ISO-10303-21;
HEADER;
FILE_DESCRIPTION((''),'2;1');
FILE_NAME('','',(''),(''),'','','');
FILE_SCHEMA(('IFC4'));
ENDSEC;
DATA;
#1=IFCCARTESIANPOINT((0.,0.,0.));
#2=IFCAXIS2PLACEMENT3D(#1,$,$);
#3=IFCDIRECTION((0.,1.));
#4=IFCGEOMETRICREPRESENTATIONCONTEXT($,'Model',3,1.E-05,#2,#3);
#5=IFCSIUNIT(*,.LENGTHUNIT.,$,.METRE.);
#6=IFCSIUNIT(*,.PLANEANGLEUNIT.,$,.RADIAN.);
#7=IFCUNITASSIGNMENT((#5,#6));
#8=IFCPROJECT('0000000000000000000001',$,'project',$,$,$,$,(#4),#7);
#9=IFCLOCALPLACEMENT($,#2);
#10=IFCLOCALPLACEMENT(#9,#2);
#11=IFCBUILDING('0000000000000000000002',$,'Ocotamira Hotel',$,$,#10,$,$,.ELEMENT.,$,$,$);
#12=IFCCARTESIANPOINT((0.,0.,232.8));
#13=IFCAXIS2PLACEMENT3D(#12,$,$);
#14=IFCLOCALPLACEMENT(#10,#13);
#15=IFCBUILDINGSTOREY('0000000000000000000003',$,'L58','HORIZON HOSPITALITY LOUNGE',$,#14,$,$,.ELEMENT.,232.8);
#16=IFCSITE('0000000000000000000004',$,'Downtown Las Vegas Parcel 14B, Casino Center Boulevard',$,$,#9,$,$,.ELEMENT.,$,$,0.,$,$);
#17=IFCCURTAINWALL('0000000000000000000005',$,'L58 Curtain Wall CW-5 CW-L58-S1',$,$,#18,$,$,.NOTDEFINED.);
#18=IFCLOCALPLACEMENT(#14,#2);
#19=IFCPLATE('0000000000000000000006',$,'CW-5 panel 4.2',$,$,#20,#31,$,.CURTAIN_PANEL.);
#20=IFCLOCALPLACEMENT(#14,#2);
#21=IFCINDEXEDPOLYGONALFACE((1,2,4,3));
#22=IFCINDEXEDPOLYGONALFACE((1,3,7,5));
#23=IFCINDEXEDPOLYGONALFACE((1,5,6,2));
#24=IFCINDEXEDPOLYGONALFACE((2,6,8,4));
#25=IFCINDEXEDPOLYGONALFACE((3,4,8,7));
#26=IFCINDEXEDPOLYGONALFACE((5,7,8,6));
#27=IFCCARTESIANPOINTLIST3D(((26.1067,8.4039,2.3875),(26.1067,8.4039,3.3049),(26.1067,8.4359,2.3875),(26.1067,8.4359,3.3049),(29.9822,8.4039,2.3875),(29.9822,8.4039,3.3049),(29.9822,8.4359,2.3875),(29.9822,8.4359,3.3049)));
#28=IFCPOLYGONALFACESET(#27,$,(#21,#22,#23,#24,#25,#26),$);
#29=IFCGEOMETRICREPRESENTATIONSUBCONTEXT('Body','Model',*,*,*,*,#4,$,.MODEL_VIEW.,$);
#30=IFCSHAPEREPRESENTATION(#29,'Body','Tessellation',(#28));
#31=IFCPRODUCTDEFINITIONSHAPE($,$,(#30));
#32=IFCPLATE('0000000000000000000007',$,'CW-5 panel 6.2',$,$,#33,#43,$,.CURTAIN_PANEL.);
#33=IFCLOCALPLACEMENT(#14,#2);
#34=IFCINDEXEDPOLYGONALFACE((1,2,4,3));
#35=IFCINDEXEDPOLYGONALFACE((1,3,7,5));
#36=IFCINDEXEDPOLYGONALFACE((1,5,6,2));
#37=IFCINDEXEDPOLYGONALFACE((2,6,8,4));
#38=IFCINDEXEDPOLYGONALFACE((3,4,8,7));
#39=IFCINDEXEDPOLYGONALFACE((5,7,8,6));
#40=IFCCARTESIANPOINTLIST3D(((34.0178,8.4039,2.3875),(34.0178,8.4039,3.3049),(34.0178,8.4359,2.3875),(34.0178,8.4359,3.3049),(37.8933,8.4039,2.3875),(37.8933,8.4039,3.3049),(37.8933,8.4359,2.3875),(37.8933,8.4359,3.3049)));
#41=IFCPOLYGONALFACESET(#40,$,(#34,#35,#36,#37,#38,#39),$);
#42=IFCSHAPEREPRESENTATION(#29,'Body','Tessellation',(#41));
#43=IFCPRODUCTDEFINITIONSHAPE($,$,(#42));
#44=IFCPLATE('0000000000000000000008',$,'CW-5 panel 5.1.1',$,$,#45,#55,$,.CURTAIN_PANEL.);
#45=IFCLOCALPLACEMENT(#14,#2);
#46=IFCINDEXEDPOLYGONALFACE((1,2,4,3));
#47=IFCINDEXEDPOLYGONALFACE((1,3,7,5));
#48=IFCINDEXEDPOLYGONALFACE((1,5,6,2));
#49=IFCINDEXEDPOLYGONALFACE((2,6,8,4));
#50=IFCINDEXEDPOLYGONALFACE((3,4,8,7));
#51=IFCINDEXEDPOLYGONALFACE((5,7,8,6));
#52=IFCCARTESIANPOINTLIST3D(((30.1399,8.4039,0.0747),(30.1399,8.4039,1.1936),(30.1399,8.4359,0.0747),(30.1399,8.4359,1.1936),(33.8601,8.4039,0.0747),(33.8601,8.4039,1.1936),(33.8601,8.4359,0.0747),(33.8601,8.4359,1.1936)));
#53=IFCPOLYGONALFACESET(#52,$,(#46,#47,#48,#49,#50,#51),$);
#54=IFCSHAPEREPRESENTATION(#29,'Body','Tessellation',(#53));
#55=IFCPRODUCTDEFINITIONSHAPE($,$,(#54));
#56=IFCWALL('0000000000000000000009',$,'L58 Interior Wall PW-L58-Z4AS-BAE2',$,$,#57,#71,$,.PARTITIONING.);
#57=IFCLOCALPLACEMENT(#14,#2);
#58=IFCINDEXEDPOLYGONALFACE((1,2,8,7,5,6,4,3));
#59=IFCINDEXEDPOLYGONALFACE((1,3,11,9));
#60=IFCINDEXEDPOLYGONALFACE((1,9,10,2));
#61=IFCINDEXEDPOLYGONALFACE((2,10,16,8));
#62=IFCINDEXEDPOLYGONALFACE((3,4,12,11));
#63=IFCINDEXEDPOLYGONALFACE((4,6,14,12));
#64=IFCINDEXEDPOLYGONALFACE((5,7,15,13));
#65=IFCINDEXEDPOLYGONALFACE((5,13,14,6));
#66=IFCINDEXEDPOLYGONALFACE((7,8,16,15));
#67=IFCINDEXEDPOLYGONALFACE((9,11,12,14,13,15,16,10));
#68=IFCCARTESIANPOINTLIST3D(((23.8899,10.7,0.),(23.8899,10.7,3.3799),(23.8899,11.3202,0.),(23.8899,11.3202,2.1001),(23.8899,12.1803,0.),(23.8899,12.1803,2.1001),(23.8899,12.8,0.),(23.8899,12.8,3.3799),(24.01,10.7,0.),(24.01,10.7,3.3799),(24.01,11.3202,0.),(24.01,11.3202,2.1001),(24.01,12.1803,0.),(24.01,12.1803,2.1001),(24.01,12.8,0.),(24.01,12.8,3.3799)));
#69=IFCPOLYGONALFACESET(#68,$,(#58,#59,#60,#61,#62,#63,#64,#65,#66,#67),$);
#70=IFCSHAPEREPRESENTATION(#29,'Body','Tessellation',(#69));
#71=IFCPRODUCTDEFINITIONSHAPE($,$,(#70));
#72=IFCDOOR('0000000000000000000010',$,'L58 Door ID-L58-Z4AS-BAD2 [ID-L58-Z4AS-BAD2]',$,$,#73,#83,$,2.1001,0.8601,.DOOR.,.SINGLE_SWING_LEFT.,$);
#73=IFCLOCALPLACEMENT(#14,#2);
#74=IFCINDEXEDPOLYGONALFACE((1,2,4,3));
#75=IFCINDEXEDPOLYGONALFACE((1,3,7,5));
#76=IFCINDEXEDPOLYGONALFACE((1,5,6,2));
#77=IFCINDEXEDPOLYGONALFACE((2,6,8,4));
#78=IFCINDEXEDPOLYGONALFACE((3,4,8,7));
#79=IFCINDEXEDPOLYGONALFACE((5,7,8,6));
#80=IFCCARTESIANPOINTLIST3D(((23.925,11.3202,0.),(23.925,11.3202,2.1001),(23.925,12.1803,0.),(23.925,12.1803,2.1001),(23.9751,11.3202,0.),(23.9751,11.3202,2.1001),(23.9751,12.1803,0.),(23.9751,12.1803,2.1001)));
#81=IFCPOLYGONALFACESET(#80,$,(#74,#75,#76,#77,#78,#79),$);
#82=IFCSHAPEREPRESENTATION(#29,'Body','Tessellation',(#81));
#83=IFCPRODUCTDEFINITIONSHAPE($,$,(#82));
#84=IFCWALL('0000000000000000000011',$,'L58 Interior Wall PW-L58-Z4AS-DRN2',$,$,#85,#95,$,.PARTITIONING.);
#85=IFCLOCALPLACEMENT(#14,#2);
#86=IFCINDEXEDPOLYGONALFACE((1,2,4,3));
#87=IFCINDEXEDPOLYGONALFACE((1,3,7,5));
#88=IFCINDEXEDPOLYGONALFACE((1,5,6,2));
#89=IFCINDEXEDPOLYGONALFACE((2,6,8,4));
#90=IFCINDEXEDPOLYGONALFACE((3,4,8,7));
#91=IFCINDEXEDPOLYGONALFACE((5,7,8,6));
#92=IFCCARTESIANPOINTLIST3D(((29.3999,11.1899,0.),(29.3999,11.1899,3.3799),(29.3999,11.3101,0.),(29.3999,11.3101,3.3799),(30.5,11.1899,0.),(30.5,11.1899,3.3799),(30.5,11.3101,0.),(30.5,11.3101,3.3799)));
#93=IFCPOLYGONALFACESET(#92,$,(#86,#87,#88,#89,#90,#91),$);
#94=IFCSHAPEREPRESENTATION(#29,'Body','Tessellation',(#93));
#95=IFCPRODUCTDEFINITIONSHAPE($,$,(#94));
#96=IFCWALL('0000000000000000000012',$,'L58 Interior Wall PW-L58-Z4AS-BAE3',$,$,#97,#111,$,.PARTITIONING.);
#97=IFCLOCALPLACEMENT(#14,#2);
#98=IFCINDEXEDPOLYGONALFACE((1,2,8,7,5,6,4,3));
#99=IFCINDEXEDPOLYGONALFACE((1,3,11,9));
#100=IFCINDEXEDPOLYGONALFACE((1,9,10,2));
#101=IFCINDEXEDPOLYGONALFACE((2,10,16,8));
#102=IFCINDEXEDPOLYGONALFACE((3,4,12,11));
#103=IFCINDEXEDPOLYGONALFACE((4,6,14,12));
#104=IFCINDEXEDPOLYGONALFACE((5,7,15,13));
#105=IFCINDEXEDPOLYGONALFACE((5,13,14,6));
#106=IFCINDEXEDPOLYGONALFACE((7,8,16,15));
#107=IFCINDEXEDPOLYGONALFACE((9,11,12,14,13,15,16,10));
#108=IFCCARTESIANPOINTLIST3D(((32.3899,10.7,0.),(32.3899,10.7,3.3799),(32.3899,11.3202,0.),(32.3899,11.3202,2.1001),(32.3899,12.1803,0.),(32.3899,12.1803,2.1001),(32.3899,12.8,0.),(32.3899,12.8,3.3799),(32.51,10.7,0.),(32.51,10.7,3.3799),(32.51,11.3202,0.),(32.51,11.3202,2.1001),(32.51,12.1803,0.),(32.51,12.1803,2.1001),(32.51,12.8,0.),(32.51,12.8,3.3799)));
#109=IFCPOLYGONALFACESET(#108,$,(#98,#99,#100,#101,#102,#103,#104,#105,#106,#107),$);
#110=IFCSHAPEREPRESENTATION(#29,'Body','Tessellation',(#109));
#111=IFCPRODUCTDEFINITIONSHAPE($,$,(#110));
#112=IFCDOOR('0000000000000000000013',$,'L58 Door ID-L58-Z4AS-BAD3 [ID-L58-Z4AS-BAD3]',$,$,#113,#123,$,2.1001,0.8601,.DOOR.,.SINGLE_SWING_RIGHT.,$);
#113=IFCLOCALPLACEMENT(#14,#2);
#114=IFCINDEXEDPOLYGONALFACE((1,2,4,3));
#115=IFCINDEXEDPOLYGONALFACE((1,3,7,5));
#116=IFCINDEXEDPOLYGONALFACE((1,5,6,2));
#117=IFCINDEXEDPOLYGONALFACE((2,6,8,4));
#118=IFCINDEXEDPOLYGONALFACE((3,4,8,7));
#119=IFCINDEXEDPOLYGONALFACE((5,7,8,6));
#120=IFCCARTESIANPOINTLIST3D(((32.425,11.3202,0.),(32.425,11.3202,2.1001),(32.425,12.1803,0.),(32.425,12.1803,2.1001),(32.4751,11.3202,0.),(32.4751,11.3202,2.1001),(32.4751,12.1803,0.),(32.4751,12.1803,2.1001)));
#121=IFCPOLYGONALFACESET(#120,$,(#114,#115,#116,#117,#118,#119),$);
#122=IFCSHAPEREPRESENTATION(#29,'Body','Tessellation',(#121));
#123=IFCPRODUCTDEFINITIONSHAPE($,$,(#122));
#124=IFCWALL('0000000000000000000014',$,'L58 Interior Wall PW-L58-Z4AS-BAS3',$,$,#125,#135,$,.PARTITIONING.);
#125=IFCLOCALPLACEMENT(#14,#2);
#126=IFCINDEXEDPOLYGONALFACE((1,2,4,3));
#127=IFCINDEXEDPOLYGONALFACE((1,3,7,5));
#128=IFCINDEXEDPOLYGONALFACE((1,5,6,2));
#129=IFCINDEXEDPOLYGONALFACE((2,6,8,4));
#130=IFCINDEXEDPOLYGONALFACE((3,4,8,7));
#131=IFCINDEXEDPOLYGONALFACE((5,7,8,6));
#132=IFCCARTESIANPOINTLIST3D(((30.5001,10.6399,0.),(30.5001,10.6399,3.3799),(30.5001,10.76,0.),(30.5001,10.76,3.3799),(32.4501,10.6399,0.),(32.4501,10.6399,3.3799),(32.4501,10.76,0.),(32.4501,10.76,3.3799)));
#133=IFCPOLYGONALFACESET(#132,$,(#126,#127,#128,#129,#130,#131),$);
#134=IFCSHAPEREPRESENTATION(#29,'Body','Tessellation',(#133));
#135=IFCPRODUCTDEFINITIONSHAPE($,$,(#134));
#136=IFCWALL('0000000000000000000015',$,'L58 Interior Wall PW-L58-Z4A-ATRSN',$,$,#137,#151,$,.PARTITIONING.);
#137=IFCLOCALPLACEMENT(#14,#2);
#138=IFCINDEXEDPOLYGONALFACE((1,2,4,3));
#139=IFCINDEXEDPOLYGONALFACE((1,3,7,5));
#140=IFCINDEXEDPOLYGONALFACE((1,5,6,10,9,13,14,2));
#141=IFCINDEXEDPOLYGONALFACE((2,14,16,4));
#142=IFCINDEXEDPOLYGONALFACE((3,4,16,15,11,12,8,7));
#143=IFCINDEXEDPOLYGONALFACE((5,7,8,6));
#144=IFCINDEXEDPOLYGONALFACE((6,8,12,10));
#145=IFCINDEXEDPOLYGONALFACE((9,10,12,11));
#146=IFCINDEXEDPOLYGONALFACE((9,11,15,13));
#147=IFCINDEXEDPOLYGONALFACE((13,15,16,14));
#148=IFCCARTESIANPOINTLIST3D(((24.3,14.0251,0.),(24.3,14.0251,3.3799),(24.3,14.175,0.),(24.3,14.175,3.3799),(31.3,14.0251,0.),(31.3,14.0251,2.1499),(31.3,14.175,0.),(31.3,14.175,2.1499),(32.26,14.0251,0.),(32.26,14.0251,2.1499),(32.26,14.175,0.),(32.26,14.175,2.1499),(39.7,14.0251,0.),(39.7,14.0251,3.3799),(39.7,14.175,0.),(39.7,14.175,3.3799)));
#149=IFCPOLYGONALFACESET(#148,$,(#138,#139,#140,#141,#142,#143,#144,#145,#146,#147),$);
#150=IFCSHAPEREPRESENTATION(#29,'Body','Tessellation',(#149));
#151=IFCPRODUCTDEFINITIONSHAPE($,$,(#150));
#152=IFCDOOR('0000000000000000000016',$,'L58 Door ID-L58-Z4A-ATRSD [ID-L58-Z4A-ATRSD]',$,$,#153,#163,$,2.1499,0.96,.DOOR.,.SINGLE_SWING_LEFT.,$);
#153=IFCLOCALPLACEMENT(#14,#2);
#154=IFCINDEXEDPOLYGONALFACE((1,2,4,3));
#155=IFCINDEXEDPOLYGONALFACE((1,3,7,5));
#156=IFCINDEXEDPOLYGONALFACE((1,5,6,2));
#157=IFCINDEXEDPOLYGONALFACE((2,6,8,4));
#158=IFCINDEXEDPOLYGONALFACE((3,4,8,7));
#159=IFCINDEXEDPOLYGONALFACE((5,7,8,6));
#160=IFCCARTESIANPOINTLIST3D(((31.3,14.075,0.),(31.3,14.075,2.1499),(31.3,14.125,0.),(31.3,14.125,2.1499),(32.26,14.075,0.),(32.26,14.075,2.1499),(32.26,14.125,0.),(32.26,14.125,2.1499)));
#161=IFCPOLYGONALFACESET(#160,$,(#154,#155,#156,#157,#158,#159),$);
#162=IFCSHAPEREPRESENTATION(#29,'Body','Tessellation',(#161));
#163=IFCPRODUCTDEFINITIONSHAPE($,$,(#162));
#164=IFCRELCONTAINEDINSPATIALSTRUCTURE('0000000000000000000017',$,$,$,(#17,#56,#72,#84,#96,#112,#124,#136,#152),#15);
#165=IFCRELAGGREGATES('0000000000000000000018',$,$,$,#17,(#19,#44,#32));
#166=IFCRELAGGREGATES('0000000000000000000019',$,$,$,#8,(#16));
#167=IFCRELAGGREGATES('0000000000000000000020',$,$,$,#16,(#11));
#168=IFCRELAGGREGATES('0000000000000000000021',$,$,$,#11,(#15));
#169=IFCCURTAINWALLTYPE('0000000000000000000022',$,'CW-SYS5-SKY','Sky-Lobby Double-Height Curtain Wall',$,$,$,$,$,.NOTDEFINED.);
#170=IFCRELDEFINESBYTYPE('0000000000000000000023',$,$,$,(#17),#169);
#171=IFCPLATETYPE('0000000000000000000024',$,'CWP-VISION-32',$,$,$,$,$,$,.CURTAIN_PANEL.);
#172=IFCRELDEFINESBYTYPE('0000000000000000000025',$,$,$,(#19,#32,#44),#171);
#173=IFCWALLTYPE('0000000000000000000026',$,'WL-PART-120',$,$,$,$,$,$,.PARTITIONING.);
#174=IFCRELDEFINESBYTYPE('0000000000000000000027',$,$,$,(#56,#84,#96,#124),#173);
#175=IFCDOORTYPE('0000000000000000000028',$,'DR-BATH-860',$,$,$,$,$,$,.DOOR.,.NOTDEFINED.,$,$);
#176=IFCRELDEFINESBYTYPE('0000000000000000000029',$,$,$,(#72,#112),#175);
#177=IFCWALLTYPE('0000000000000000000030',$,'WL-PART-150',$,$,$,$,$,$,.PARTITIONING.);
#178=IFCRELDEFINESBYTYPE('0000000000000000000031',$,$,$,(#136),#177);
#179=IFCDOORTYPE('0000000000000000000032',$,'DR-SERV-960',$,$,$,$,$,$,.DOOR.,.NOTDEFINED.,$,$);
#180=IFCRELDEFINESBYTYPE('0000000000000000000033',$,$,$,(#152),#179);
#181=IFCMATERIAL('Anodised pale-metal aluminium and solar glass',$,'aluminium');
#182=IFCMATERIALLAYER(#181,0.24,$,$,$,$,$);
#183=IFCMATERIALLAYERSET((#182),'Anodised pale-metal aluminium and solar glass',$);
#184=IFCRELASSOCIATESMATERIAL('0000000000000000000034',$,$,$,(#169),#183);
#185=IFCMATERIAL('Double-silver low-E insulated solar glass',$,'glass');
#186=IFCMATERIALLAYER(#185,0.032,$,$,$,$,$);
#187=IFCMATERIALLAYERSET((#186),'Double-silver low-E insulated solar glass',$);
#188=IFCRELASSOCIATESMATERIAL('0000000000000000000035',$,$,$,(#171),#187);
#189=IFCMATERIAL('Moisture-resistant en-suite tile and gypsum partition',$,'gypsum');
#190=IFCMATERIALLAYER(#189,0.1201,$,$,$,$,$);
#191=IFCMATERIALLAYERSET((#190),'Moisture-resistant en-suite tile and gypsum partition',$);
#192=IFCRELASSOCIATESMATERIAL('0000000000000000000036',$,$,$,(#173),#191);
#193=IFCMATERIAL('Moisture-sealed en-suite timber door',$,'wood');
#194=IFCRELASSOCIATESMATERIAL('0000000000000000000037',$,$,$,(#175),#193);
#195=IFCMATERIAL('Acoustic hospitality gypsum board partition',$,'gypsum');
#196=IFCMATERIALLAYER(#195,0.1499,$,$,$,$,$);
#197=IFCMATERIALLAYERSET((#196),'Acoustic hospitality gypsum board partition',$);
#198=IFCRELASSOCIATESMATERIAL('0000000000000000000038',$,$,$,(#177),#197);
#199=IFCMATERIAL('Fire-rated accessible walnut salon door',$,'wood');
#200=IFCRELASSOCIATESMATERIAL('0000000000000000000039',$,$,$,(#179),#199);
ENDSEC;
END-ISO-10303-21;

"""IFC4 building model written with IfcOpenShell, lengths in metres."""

from ifc_helpers import new_model, si_unit, direction, frame, frame_2d, origin, origin_2d, place, context, subcontext, project, spatial, rectangle, extrude, source, transform, mapped, material, layer, layer_set, type_object, element, fill, aggregate, save


model = new_model("IFC4")

# Units and contexts
model_context = context("Model", 3, precision=1e-05, world=origin(), true_north=direction((0.0, 1.0)))
body_context = subcontext(model_context, "Body", "Model", "MODEL_VIEW")
ifc_project = project(units=[si_unit("LENGTHUNIT", "METRE"), si_unit("PLANEANGLEUNIT", "RADIAN")], contexts=[model_context])

# Site, building, storey
site_placement = place(None, origin())
site = spatial("IfcSite", under=ifc_project, at=site_placement, Name="Downtown Las Vegas Parcel 14B, Casino Center Boulevard", CompositionType="ELEMENT", RefElevation=0.0)
building_placement = place(site_placement, origin())
building = spatial("IfcBuilding", under=site, at=building_placement, Name="Ocotamira Hotel", CompositionType="ELEMENT")
storey_placement = place(building_placement, frame((0.0, 0.0, 232.8)))
storey = spatial("IfcBuildingStorey", under=building, at=storey_placement, Name="L58", Description="HORIZON HOSPITALITY LOUNGE", CompositionType="ELEMENT", Elevation=232.8)

# Curtain wall
ifc_material_1 = material(Name="Anodised pale-metal aluminium and solar glass", Category="aluminium")
ifc_layer_1 = layer(ifc_material_1, 0.24)
ifc_layer_set_1 = layer_set([ifc_layer_1], Name="Anodised pale-metal aluminium and solar glass")
curtain_wall_type = type_object("IfcCurtainWallType", Name="CW-SYS5-SKY", Description="Sky-Lobby Double-Height Curtain Wall", PredefinedType="NOTDEFINED", material=ifc_layer_set_1)
curtain_wall_placement = place(storey_placement, origin())
curtain_wall = element("IfcCurtainWall", 1, at=curtain_wall_placement, inside=storey, type_object=curtain_wall_type, Name="L58 Curtain Wall CW-5 CW-L58-S1", PredefinedType="NOTDEFINED")

# Plates
ifc_material_2 = material(Name="Double-silver low-E insulated solar glass", Category="glass")
ifc_layer_2 = layer(ifc_material_2, 0.032)
ifc_layer_set_2 = layer_set([ifc_layer_2], Name="Double-silver low-E insulated solar glass")
plate_type_1 = type_object("IfcPlateType", Name="CWP-VISION-32", PredefinedType="CURTAIN_PANEL", material=ifc_layer_set_2)
shared_shape_1 = source(origin(), body_context, "Body", "SweptSolid", [
    extrude(rectangle(XDim=3.8755, YDim=0.032, at=origin_2d()), origin(), (0.0, 0.0, 1.0), 0.9175),
])
plate_1_placement = place(storey_placement, frame((28.0444, 8.4199, 2.3875), z_axis=(0.0, 0.0, 1.0), x_axis=(1.0, 0.0, 0.0)))
plate_1 = element("IfcPlate", 2, at=plate_1_placement, type_object=plate_type_1, Name="CW-5 panel 4.2", PredefinedType="CURTAIN_PANEL", context=body_context, shape_type="MappedRepresentation", body=[
    mapped(shared_shape_1, transform((0.0, 0.0, 0.0), scale=1.0)),
])
plate_2_placement = place(storey_placement, frame((35.9556, 8.4199, 2.3875), z_axis=(0.0, 0.0, 1.0), x_axis=(1.0, 0.0, 0.0)))
plate_2 = element("IfcPlate", 3, at=plate_2_placement, type_object=plate_type_1, Name="CW-5 panel 6.2", PredefinedType="CURTAIN_PANEL", context=body_context, shape_type="MappedRepresentation", body=[
    mapped(shared_shape_1, transform((0.0, 0.0, 0.0), scale=1.0)),
])
shared_shape_2 = source(origin(), body_context, "Body", "SweptSolid", [
    extrude(rectangle(XDim=3.7202, YDim=0.032, at=origin_2d()), origin(), (0.0, 0.0, 1.0), 1.1189),
])
plate_3_placement = place(storey_placement, frame((32.0, 8.4199, 0.0747), z_axis=(0.0, 0.0, 1.0), x_axis=(1.0, 0.0, 0.0)))
plate_3 = element("IfcPlate", 4, at=plate_3_placement, type_object=plate_type_1, Name="CW-5 panel 5.1.1", PredefinedType="CURTAIN_PANEL", context=body_context, shape_type="MappedRepresentation", body=[
    mapped(shared_shape_2, transform((0.0, 0.0, 0.0), scale=1.0)),
])
aggregate(curtain_wall, [plate_1, plate_3, plate_2])

# Wall, opening, door
ifc_material_3 = material(Name="Moisture-resistant en-suite tile and gypsum partition", Category="gypsum")
ifc_layer_3 = layer(ifc_material_3, 0.1201)
ifc_layer_set_3 = layer_set([ifc_layer_3], Name="Moisture-resistant en-suite tile and gypsum partition")
wall_type_1 = type_object("IfcWallType", Name="WL-PART-120", PredefinedType="PARTITIONING", material=ifc_layer_set_3)
wall_1_placement = place(storey_placement, frame((23.95, 10.7, 0.0), z_axis=(0.0, 0.0, 1.0), x_axis=(0.0, 1.0, 0.0)))
wall_1 = element("IfcWall", 5, at=wall_1_placement, inside=storey, type_object=wall_type_1, Name="L58 Interior Wall PW-L58-Z4AS-BAE2", PredefinedType="PARTITIONING", context=body_context, shape_type="SweptSolid", body=[
    extrude(rectangle(XDim=2.1001, YDim=0.1201, at=frame_2d((1.05, 0.0))), origin(), (0.0, 0.0, 1.0), 3.3799),
])
opening_1_placement = place(wall_1_placement, frame((0.6201, 0.0, 0.0)))
opening_1 = element("IfcOpeningElement", 6, at=opening_1_placement, cuts=wall_1, PredefinedType="OPENING", context=body_context, shape_type="SweptSolid", body=[
    extrude(rectangle(XDim=0.8601, YDim=2.1001, at=frame_2d((0.4302, 1.05))), frame((0.0, 0.0701, 0.0), z_axis=(0.0, -1.0, 0.0), x_axis=(1.0, 0.0, 0.0)), (0.0, 0.0, 1.0), 0.1401),
])
ifc_material_4 = material(Name="Moisture-sealed en-suite timber door", Category="wood")
door_type_1 = type_object("IfcDoorType", Name="DR-BATH-860", OperationType="NOTDEFINED", PredefinedType="DOOR", material=ifc_material_4)
shared_shape_3 = source(origin(), body_context, "Body", "SweptSolid", [
    extrude(rectangle(XDim=0.8601, YDim=2.1001, at=frame_2d((0.4302, 1.05))), frame((0.0, 0.0249, 0.0), z_axis=(0.0, -1.0, 0.0), x_axis=(1.0, 0.0, 0.0)), (0.0, 0.0, 1.0), 0.05),
])
door_1_placement = place(opening_1_placement, origin())
door_1 = element("IfcDoor", 7, at=door_1_placement, inside=storey, type_object=door_type_1, Name="L58 Door ID-L58-Z4AS-BAD2 [ID-L58-Z4AS-BAD2]", OperationType="SINGLE_SWING_LEFT", OverallHeight=2.1001, OverallWidth=0.8601, PredefinedType="DOOR", context=body_context, shape_type="MappedRepresentation", body=[
    mapped(shared_shape_3, transform((0.0, 0.0, 0.0), scale=1.0)),
])
fill(opening_1, door_1)

# Wall
wall_2_placement = place(storey_placement, frame((29.3999, 11.25, 0.0), z_axis=(0.0, 0.0, 1.0), x_axis=(1.0, 0.0, 0.0)))
element("IfcWall", 8, at=wall_2_placement, inside=storey, type_object=wall_type_1, Name="L58 Interior Wall PW-L58-Z4AS-DRN2", PredefinedType="PARTITIONING", context=body_context, shape_type="SweptSolid", body=[
    extrude(rectangle(XDim=1.1001, YDim=0.1201, at=frame_2d((0.55, 0.0))), origin(), (0.0, 0.0, 1.0), 3.3799),
])

# Wall, opening, door
wall_3_placement = place(storey_placement, frame((32.45, 10.7, 0.0), z_axis=(0.0, 0.0, 1.0), x_axis=(0.0, 1.0, 0.0)))
wall_3 = element("IfcWall", 9, at=wall_3_placement, inside=storey, type_object=wall_type_1, Name="L58 Interior Wall PW-L58-Z4AS-BAE3", PredefinedType="PARTITIONING", context=body_context, shape_type="SweptSolid", body=[
    extrude(rectangle(XDim=2.1001, YDim=0.1201, at=frame_2d((1.05, 0.0))), origin(), (0.0, 0.0, 1.0), 3.3799),
])
opening_2_placement = place(wall_3_placement, frame((0.6201, 0.0, 0.0)))
opening_2 = element("IfcOpeningElement", 10, at=opening_2_placement, cuts=wall_3, PredefinedType="OPENING", context=body_context, shape_type="SweptSolid", body=[
    extrude(rectangle(XDim=0.8601, YDim=2.1001, at=frame_2d((0.4302, 1.05))), frame((0.0, 0.0701, 0.0), z_axis=(0.0, -1.0, 0.0), x_axis=(1.0, 0.0, 0.0)), (0.0, 0.0, 1.0), 0.1401),
])
door_2_placement = place(opening_2_placement, origin())
door_2 = element("IfcDoor", 11, at=door_2_placement, inside=storey, type_object=door_type_1, Name="L58 Door ID-L58-Z4AS-BAD3 [ID-L58-Z4AS-BAD3]", OperationType="SINGLE_SWING_RIGHT", OverallHeight=2.1001, OverallWidth=0.8601, PredefinedType="DOOR", context=body_context, shape_type="MappedRepresentation", body=[
    mapped(shared_shape_3, transform((0.0, 0.0, 0.0), scale=1.0)),
])
fill(opening_2, door_2)

# Wall
wall_4_placement = place(storey_placement, frame((30.5, 10.7, 0.0), z_axis=(0.0, 0.0, 1.0), x_axis=(1.0, 0.0, 0.0)))
element("IfcWall", 12, at=wall_4_placement, inside=storey, type_object=wall_type_1, Name="L58 Interior Wall PW-L58-Z4AS-BAS3", PredefinedType="PARTITIONING", context=body_context, shape_type="SweptSolid", body=[
    extrude(rectangle(XDim=1.95, YDim=0.1201, at=frame_2d((0.9751, 0.0))), origin(), (0.0, 0.0, 1.0), 3.3799),
])

# Wall, opening, door
ifc_material_5 = material(Name="Acoustic hospitality gypsum board partition", Category="gypsum")
ifc_layer_4 = layer(ifc_material_5, 0.1499)
ifc_layer_set_4 = layer_set([ifc_layer_4], Name="Acoustic hospitality gypsum board partition")
wall_type_2 = type_object("IfcWallType", Name="WL-PART-150", PredefinedType="PARTITIONING", material=ifc_layer_set_4)
wall_5_placement = place(storey_placement, frame((24.3, 14.1001, 0.0), z_axis=(0.0, 0.0, 1.0), x_axis=(1.0, 0.0, 0.0)))
wall_5 = element("IfcWall", 13, at=wall_5_placement, inside=storey, type_object=wall_type_2, Name="L58 Interior Wall PW-L58-Z4A-ATRSN", PredefinedType="PARTITIONING", context=body_context, shape_type="SweptSolid", body=[
    extrude(rectangle(XDim=15.3999, YDim=0.1499, at=frame_2d((7.7, 0.0))), origin(), (0.0, 0.0, 1.0), 3.3799),
])
opening_3_placement = place(wall_5_placement, frame((7.0, 0.0, 0.0)))
opening_3 = element("IfcOpeningElement", 14, at=opening_3_placement, cuts=wall_5, PredefinedType="OPENING", context=body_context, shape_type="SweptSolid", body=[
    extrude(rectangle(XDim=0.96, YDim=2.1499, at=frame_2d((0.48, 1.075))), frame((0.0, 0.085, 0.0), z_axis=(0.0, -1.0, 0.0), x_axis=(1.0, 0.0, 0.0)), (0.0, 0.0, 1.0), 0.1699),
])
ifc_material_6 = material(Name="Fire-rated accessible walnut salon door", Category="wood")
door_type_2 = type_object("IfcDoorType", Name="DR-SERV-960", OperationType="NOTDEFINED", PredefinedType="DOOR", material=ifc_material_6)
shared_shape_4 = source(origin(), body_context, "Body", "SweptSolid", [
    extrude(rectangle(XDim=0.96, YDim=2.1499, at=frame_2d((0.48, 1.075))), frame((0.0, 0.0249, 0.0), z_axis=(0.0, -1.0, 0.0), x_axis=(1.0, 0.0, 0.0)), (0.0, 0.0, 1.0), 0.05),
])
door_3_placement = place(opening_3_placement, origin())
door_3 = element("IfcDoor", 15, at=door_3_placement, inside=storey, type_object=door_type_2, Name="L58 Door ID-L58-Z4A-ATRSD [ID-L58-Z4A-ATRSD]", OperationType="SINGLE_SWING_LEFT", OverallHeight=2.1499, OverallWidth=0.96, PredefinedType="DOOR", context=body_context, shape_type="MappedRepresentation", body=[
    mapped(shared_shape_4, transform((0.0, 0.0, 0.0), scale=1.0)),
])
fill(opening_3, door_3)

save(model, "model.ifc")
